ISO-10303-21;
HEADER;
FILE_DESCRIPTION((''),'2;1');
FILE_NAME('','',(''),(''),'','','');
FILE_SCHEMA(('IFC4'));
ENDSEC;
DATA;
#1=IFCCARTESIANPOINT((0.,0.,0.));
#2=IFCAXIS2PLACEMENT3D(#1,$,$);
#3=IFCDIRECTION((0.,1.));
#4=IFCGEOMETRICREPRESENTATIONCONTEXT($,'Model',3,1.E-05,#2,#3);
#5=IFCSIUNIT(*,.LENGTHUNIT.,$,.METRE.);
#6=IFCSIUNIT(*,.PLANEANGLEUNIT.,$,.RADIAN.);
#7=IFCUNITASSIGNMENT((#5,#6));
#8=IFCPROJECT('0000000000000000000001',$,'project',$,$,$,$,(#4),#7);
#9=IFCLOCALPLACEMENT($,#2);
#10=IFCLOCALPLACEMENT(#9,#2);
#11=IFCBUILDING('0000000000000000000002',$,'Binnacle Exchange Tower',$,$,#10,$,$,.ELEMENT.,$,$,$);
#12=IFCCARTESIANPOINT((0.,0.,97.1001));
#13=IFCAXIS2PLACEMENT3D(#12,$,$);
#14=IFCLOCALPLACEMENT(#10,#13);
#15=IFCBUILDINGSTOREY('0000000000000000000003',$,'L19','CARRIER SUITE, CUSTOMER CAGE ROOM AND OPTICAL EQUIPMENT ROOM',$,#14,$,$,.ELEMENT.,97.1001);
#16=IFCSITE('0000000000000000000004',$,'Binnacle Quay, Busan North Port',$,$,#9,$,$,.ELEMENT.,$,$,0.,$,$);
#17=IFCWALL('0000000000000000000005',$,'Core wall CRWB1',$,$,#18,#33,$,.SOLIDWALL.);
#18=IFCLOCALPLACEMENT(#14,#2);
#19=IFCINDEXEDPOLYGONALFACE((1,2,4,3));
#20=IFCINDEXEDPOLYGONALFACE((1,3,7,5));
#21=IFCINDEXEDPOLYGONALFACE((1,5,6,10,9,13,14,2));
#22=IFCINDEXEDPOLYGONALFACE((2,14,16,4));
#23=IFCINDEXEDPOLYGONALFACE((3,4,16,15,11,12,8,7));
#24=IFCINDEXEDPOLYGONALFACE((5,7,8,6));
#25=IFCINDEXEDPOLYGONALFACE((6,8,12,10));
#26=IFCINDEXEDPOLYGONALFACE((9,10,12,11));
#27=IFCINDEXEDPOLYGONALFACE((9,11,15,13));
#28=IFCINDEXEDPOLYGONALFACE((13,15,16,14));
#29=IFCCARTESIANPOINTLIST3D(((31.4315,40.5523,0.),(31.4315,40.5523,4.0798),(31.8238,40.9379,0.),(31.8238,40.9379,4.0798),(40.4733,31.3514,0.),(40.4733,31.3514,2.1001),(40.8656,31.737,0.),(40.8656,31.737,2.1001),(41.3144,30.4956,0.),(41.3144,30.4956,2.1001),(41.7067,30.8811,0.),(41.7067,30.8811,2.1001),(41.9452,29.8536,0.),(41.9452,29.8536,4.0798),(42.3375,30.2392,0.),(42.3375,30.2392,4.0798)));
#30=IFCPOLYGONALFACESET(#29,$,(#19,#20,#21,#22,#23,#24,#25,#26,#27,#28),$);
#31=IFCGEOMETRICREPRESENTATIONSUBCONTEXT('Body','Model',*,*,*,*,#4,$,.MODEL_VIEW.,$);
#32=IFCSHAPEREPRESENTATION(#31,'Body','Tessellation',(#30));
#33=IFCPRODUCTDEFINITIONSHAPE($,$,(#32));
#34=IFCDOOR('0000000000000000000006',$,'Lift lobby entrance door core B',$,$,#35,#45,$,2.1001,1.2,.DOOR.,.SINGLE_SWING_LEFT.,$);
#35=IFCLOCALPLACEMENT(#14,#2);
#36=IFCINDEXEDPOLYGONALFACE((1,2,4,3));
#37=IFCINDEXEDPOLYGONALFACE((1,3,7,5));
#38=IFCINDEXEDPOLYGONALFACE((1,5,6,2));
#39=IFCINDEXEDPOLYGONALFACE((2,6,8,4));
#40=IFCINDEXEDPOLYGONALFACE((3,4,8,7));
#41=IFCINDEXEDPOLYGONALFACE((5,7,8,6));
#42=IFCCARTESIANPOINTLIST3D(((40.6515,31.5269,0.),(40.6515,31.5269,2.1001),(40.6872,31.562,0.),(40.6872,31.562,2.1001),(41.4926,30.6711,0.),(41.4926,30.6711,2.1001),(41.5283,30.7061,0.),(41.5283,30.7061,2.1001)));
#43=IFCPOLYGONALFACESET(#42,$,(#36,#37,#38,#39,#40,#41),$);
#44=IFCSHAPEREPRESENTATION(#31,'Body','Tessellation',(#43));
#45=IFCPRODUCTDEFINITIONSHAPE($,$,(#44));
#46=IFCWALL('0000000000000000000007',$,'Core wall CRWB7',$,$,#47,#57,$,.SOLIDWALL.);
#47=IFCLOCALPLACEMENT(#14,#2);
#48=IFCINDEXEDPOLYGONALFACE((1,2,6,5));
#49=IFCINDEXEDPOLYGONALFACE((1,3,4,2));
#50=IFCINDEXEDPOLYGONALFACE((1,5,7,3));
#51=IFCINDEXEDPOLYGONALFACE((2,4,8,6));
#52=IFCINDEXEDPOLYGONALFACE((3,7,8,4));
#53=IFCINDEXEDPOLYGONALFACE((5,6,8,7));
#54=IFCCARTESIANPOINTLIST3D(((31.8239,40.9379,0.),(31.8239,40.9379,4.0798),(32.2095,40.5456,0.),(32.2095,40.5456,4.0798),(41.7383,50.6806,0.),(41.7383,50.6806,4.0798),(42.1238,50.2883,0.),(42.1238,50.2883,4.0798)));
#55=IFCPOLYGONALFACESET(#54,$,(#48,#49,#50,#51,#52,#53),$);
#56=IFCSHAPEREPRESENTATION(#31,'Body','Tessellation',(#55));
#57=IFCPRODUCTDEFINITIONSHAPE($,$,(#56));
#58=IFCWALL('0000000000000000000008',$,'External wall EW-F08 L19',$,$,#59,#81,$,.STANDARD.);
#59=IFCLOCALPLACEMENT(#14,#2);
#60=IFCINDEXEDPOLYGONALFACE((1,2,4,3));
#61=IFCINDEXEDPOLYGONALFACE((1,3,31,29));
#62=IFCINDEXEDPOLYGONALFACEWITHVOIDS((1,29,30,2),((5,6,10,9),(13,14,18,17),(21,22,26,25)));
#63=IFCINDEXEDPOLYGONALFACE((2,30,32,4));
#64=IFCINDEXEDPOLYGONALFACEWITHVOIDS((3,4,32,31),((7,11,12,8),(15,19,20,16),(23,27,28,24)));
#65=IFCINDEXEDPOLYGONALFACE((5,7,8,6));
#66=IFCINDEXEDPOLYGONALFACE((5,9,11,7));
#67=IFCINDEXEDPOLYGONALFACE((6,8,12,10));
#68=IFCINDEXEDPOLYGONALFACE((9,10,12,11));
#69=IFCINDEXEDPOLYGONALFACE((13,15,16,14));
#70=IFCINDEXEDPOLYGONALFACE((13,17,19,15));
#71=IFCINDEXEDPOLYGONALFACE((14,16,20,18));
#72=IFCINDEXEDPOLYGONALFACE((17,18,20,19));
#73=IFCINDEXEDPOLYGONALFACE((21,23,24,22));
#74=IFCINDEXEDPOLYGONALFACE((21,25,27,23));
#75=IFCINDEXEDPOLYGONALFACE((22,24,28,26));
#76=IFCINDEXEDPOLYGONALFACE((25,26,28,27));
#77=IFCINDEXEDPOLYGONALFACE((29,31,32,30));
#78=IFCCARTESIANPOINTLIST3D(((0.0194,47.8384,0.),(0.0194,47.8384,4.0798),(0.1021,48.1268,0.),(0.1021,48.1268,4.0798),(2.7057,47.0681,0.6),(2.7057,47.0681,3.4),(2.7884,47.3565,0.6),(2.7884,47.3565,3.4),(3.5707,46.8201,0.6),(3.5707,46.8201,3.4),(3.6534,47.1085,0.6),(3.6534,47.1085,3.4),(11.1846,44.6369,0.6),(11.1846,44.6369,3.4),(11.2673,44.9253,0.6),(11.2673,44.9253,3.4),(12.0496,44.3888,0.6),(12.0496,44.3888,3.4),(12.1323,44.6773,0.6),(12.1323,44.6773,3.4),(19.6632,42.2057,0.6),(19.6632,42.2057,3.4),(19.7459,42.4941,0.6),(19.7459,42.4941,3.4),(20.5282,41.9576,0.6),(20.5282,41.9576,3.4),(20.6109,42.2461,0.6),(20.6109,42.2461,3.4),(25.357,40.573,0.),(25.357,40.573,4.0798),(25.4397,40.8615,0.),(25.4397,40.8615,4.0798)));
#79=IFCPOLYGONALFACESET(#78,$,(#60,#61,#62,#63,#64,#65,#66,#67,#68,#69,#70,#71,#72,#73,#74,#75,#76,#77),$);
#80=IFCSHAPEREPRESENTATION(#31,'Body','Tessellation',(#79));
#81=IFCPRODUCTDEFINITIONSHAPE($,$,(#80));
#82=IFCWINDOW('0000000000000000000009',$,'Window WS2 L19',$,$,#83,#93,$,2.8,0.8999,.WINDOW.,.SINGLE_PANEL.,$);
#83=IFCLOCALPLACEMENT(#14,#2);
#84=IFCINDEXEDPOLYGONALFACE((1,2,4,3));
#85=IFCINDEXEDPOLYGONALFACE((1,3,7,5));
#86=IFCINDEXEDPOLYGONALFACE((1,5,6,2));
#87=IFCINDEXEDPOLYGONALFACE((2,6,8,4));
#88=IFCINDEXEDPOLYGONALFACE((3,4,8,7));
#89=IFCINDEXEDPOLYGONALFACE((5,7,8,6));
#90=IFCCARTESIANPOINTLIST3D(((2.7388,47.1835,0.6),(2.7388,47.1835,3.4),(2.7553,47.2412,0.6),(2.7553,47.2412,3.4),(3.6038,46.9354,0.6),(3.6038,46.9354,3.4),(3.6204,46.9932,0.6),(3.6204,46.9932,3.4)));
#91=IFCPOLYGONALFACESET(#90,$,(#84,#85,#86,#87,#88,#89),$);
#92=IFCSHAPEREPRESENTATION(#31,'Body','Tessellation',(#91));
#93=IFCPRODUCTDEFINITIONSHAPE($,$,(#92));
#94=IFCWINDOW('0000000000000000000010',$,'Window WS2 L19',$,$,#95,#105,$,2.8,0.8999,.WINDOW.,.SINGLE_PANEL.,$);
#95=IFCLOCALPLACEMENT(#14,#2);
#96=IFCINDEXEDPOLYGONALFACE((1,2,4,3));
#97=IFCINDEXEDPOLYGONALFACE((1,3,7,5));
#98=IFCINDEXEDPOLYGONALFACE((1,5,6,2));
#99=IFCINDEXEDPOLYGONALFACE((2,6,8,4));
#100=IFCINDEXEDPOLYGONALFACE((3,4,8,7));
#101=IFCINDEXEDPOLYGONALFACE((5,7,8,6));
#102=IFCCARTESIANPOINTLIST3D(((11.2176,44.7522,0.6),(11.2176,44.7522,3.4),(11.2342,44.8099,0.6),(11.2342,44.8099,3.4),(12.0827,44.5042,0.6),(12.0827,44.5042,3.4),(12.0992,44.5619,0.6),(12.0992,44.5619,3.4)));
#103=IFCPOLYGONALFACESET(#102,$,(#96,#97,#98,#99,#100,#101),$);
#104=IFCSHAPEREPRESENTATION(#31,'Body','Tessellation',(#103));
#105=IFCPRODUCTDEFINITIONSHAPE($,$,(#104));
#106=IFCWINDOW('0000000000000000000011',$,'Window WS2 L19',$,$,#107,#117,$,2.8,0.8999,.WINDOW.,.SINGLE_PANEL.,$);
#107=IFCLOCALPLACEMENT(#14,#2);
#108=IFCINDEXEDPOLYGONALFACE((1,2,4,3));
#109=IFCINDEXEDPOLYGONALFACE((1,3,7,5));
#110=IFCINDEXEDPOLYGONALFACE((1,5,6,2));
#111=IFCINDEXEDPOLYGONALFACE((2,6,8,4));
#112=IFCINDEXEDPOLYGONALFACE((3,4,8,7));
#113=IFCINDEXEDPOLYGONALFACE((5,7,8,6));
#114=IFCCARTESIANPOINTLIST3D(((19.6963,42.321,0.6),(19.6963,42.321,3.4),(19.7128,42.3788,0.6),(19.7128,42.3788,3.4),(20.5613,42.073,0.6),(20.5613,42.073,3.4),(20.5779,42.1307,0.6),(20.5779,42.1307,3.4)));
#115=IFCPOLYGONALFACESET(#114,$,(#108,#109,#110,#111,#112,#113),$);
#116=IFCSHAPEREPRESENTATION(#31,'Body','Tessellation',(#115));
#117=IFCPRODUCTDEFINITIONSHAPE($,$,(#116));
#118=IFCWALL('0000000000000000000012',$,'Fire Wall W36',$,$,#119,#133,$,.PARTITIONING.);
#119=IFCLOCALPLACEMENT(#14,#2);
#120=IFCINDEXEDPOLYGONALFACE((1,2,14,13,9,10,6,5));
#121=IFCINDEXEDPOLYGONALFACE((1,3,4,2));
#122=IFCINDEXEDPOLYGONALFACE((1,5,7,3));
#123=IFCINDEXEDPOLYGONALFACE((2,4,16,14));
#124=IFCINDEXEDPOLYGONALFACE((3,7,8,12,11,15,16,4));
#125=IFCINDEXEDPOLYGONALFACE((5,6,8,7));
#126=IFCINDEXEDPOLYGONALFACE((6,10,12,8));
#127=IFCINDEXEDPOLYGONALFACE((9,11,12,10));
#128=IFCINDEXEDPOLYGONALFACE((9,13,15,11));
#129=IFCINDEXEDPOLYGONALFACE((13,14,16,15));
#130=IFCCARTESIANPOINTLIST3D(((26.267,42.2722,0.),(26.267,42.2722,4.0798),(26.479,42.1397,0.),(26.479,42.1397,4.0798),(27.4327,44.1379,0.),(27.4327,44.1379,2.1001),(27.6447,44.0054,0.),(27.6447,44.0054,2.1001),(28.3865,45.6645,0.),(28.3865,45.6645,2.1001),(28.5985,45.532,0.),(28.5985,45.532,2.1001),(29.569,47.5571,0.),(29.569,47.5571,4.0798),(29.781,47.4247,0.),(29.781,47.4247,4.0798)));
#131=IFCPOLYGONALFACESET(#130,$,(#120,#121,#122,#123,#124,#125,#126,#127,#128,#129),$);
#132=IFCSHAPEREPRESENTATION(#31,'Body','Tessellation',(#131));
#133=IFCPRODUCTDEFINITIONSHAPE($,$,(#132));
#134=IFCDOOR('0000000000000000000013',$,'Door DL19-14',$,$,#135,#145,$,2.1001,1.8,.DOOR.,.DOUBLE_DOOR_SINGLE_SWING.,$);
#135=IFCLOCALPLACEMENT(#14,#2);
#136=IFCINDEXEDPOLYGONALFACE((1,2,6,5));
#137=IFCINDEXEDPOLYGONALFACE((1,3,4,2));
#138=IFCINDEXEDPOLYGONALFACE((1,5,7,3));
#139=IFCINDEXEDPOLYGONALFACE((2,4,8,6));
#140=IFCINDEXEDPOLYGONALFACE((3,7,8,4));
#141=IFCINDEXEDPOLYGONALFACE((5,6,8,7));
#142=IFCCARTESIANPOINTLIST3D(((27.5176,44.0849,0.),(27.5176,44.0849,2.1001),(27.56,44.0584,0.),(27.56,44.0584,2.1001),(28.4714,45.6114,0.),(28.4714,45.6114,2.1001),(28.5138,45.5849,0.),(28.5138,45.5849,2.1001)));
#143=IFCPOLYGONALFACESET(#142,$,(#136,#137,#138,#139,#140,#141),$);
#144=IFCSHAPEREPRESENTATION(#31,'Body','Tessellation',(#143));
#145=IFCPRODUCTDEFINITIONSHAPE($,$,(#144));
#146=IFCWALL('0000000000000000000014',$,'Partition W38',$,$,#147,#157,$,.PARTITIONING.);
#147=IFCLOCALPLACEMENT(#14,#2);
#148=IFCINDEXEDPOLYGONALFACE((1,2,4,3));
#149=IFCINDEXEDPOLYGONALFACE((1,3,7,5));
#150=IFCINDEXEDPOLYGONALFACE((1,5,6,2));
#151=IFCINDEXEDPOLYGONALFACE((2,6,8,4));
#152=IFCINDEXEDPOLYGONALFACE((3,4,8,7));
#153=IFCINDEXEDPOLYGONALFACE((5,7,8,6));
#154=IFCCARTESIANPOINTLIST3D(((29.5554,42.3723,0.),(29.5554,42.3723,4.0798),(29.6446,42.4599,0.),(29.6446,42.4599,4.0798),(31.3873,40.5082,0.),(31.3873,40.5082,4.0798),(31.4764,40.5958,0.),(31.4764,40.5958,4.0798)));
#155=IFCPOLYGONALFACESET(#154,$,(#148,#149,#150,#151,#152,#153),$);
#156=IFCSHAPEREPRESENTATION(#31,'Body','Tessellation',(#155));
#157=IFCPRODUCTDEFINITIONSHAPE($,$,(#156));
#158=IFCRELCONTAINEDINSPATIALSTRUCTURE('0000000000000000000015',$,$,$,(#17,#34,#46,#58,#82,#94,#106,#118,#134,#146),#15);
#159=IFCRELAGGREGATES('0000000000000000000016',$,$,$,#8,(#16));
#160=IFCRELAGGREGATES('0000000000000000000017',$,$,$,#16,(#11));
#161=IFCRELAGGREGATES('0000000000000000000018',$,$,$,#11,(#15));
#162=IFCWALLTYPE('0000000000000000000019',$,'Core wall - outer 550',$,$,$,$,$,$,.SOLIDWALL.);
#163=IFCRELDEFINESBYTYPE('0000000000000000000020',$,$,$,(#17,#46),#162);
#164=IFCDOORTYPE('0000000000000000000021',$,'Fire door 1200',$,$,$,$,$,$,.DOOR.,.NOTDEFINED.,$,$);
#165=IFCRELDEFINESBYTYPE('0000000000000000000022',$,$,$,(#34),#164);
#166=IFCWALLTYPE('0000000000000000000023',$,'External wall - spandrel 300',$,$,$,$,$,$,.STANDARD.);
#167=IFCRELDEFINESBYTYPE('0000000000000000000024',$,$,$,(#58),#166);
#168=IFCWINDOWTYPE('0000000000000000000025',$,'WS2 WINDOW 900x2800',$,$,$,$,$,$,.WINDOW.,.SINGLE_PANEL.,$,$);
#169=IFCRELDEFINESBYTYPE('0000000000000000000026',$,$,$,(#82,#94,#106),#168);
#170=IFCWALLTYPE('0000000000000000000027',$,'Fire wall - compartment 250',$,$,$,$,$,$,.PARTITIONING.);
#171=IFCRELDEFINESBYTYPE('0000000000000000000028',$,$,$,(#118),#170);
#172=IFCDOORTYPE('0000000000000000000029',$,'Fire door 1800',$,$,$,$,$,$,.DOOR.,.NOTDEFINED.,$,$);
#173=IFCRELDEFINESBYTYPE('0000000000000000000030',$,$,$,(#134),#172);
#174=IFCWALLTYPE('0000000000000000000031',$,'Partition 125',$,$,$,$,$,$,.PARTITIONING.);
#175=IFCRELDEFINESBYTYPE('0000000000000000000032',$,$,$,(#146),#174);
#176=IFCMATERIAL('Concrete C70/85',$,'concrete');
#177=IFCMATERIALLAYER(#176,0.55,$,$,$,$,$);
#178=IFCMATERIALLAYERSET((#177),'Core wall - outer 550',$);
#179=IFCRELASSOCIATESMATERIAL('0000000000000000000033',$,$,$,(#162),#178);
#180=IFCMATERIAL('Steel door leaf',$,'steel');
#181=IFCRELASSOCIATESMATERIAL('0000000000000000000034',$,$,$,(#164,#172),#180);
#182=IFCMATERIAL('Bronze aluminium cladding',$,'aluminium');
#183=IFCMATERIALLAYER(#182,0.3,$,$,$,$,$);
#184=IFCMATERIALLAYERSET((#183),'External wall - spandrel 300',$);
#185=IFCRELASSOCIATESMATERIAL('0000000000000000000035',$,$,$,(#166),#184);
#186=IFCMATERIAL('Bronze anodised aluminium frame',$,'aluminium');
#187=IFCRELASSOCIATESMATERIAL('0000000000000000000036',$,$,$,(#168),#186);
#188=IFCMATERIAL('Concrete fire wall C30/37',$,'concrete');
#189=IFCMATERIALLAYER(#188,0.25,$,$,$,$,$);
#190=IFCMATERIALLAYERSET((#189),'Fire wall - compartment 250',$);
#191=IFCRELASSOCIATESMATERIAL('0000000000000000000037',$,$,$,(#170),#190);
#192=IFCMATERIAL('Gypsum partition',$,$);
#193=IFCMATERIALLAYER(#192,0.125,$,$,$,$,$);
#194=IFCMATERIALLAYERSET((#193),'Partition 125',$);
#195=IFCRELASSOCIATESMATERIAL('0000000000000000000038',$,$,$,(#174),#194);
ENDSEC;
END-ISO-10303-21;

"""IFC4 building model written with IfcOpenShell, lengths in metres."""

from ifc_helpers import new_model, si_unit, direction, frame, frame_2d, origin, place, context, subcontext, project, spatial, rectangle, extrude, material, layer, layer_set, type_object, element, fill, save


model = new_model("IFC4")

# Units and contexts
model_context = context("Model", 3, precision=1e-05, world=origin(), true_north=direction((0.0, 1.0)))
body_context = subcontext(model_context, "Body", "Model", "MODEL_VIEW")
ifc_project = project(units=[si_unit("LENGTHUNIT", "METRE"), si_unit("PLANEANGLEUNIT", "RADIAN")], contexts=[model_context])

# Site, building, storey
site_placement = place(None, origin())
site = spatial("IfcSite", under=ifc_project, at=site_placement, Name="Binnacle Quay, Busan North Port", CompositionType="ELEMENT", RefElevation=0.0)
building_placement = place(site_placement, origin())
building = spatial("IfcBuilding", under=site, at=building_placement, Name="Binnacle Exchange Tower", CompositionType="ELEMENT")
storey_placement = place(building_placement, frame((0.0, 0.0, 97.1001)))
storey = spatial("IfcBuildingStorey", under=building, at=storey_placement, Name="L19", Description="CARRIER SUITE, CUSTOMER CAGE ROOM AND OPTICAL EQUIPMENT ROOM", CompositionType="ELEMENT", Elevation=97.1001)

# Shared definitions
ifc_material_1 = material(Name="Concrete C70/85", Category="concrete")

# Wall, opening, door
ifc_layer_1 = layer(ifc_material_1, 0.55)
ifc_layer_set_1 = layer_set([ifc_layer_1], Name="Core wall - outer 550")
wall_type_1 = type_object("IfcWallType", Name="Core wall - outer 550", PredefinedType="SOLIDWALL", material=ifc_layer_set_1)
wall_1_placement = place(storey_placement, frame((31.6277, 40.7451, 0.0), z_axis=(0.0, 0.0, 1.0), x_axis=(0.700911, -0.713248, 0.0)))
wall_1 = element("IfcWall", 1, at=wall_1_placement, inside=storey, type_object=wall_type_1, Name="Core wall CRWB1", PredefinedType="SOLIDWALL", context=body_context, shape_type="SweptSolid", body=[
    extrude(rectangle(XDim=15.0, YDim=0.55, at=frame_2d((7.5, 0.0))), origin(), (0.0, 0.0, 1.0), 4.0798),
])
opening_1_placement = place(wall_1_placement, frame((12.8999, 0.0, 0.0)))
opening_1 = element("IfcOpeningElement", 2, at=opening_1_placement, cuts=wall_1, PredefinedType="OPENING", context=body_context, shape_type="SweptSolid", body=[
    extrude(rectangle(XDim=1.2, YDim=2.1001, at=frame_2d((0.6001, 1.05))), frame((0.0, 0.2849, 0.0), z_axis=(0.0, -1.0, 0.0), x_axis=(1.0, 0.0, 0.0)), (0.0, 0.0, 1.0), 0.5701),
])
ifc_material_2 = material(Name="Steel door leaf", Category="steel")
door_type_1 = type_object("IfcDoorType", Name="Fire door 1200", OperationType="NOTDEFINED", PredefinedType="DOOR", material=ifc_material_2)
door_1_placement = place(opening_1_placement, frame((1.2, 0.0, 0.0), z_axis=(0.0, 0.0, 1.0), x_axis=(-1.0, 0.0, 0.0)))
door_1 = element("IfcDoor", 3, at=door_1_placement, inside=storey, type_object=door_type_1, Name="Lift lobby entrance door core B", OperationType="SINGLE_SWING_LEFT", OverallHeight=2.1001, OverallWidth=1.2, PredefinedType="DOOR", context=body_context, shape_type="SweptSolid", body=[
    extrude(rectangle(XDim=1.2, YDim=2.1001, at=frame_2d((0.6001, 1.05))), frame((0.0, 0.0249, 0.0), z_axis=(0.0, -1.0, 0.0), x_axis=(1.0, 0.0, 0.0)), (0.0, 0.0, 1.0), 0.05),
])
fill(opening_1, door_1)

# Wall
wall_2_placement = place(storey_placement, frame((32.0166, 40.7417, 0.0), z_axis=(0.0, 0.0, 1.0), x_axis=(0.713254, 0.700906, 0.0)))
element("IfcWall", 4, at=wall_2_placement, inside=storey, type_object=wall_type_1, Name="Core wall CRWB7", PredefinedType="SOLIDWALL", context=body_context, shape_type="SweptSolid", body=[
    extrude(rectangle(XDim=13.9001, YDim=0.55, at=frame_2d((6.9502, 0.0))), origin(), (0.0, 0.0, 1.0), 4.0798),
])

# Wall, openings, windows
ifc_material_3 = material(Name="Bronze aluminium cladding", Category="aluminium")
ifc_layer_2 = layer(ifc_material_3, 0.3)
ifc_layer_set_2 = layer_set([ifc_layer_2], Name="External wall - spandrel 300")
wall_type_2 = type_object("IfcWallType", Name="External wall - spandrel 300", PredefinedType="STANDARD", material=ifc_layer_set_2)
wall_3_placement = place(storey_placement, frame((25.3982, 40.7173, 0.0), z_axis=(0.0, 0.0, 1.0), x_axis=(-0.961262, 0.275635, 0.0)))
wall_3 = element("IfcWall", 5, at=wall_3_placement, inside=storey, type_object=wall_type_2, Name="External wall EW-F08 L19", PredefinedType="STANDARD", context=body_context, shape_type="SweptSolid", body=[
    extrude(rectangle(XDim=26.3586, YDim=0.3, at=frame_2d((13.1792, 0.0))), origin(), (0.0, 0.0, 1.0), 4.0798),
])
opening_2_placement = place(wall_3_placement, frame((22.6641, 0.0, 0.6001)))
opening_2 = element("IfcOpeningElement", 6, at=opening_2_placement, cuts=wall_3, PredefinedType="OPENING", context=body_context, shape_type="SweptSolid", body=[
    extrude(rectangle(XDim=0.8999, YDim=2.8, at=frame_2d((0.45, 1.3999))), frame((0.0, 0.1599, 0.0), z_axis=(0.0, -1.0, 0.0), x_axis=(1.0, 0.0, 0.0)), (0.0, 0.0, 1.0), 0.3201),
])
opening_3_placement = place(wall_3_placement, frame((13.8435, 0.0, 0.6001)))
opening_3 = element("IfcOpeningElement", 7, at=opening_3_placement, cuts=wall_3, PredefinedType="OPENING", context=body_context, shape_type="SweptSolid", body=[
    extrude(rectangle(XDim=0.8999, YDim=2.8, at=frame_2d((0.45, 1.3999))), frame((0.0, 0.1599, 0.0), z_axis=(0.0, -1.0, 0.0), x_axis=(1.0, 0.0, 0.0)), (0.0, 0.0, 1.0), 0.3201),
])
opening_4_placement = place(wall_3_placement, frame((5.0232, 0.0, 0.6001)))
opening_4 = element("IfcOpeningElement", 8, at=opening_4_placement, cuts=wall_3, PredefinedType="OPENING", context=body_context, shape_type="SweptSolid", body=[
    extrude(rectangle(XDim=0.8999, YDim=2.8, at=frame_2d((0.45, 1.3999))), frame((0.0, 0.1599, 0.0), z_axis=(0.0, -1.0, 0.0), x_axis=(1.0, 0.0, 0.0)), (0.0, 0.0, 1.0), 0.3201),
])
ifc_material_4 = material(Name="Bronze anodised aluminium frame", Category="aluminium")
window_type = type_object("IfcWindowType", Name="WS2 WINDOW 900x2800", PartitioningType="SINGLE_PANEL", PredefinedType="WINDOW", material=ifc_material_4)
window_1_placement = place(opening_2_placement, origin())
window_1 = element("IfcWindow", 9, at=window_1_placement, inside=storey, type_object=window_type, Name="Window WS2 L19", OverallHeight=2.8, OverallWidth=0.8999, PartitioningType="SINGLE_PANEL", PredefinedType="WINDOW", context=body_context, shape_type="SweptSolid", body=[
    extrude(rectangle(XDim=0.8999, YDim=2.8, at=frame_2d((0.45, 1.3999))), frame((0.0, 0.03, 0.0), z_axis=(0.0, -1.0, 0.0), x_axis=(1.0, 0.0, 0.0)), (0.0, 0.0, 1.0), 0.0601),
])
fill(opening_2, window_1)
window_2_placement = place(opening_3_placement, origin())
window_2 = element("IfcWindow", 10, at=window_2_placement, inside=storey, type_object=window_type, Name="Window WS2 L19", OverallHeight=2.8, OverallWidth=0.8999, PartitioningType="SINGLE_PANEL", PredefinedType="WINDOW", context=body_context, shape_type="SweptSolid", body=[
    extrude(rectangle(XDim=0.8999, YDim=2.8, at=frame_2d((0.45, 1.3999))), frame((0.0, 0.03, 0.0), z_axis=(0.0, -1.0, 0.0), x_axis=(1.0, 0.0, 0.0)), (0.0, 0.0, 1.0), 0.0601),
])
fill(opening_3, window_2)
window_3_placement = place(opening_4_placement, origin())
window_3 = element("IfcWindow", 11, at=window_3_placement, inside=storey, type_object=window_type, Name="Window WS2 L19", OverallHeight=2.8, OverallWidth=0.8999, PartitioningType="SINGLE_PANEL", PredefinedType="WINDOW", context=body_context, shape_type="SweptSolid", body=[
    extrude(rectangle(XDim=0.8999, YDim=2.8, at=frame_2d((0.45, 1.3999))), frame((0.0, 0.03, 0.0), z_axis=(0.0, -1.0, 0.0), x_axis=(1.0, 0.0, 0.0)), (0.0, 0.0, 1.0), 0.0601),
])
fill(opening_4, window_3)

# Wall, opening, door
ifc_material_5 = material(Name="Concrete fire wall C30/37", Category="concrete")
ifc_layer_3 = layer(ifc_material_5, 0.25)
ifc_layer_set_3 = layer_set([ifc_layer_3], Name="Fire wall - compartment 250")
wall_type_3 = type_object("IfcWallType", Name="Fire wall - compartment 250", PredefinedType="PARTITIONING", material=ifc_layer_set_3)
wall_4_placement = place(storey_placement, frame((26.373, 42.2061, 0.0), z_axis=(0.0, 0.0, 1.0), x_axis=(0.529876, 0.848075, 0.0)))
wall_4 = element("IfcWall", 12, at=wall_4_placement, inside=storey, type_object=wall_type_3, Name="Fire Wall W36", PredefinedType="PARTITIONING", context=body_context, shape_type="SweptSolid", body=[
    extrude(rectangle(XDim=6.2317, YDim=0.25, at=frame_2d((3.1157, 0.0))), origin(), (0.0, 0.0, 1.0), 4.0798),
])
opening_5_placement = place(wall_4_placement, frame((2.2, 0.0, 0.0)))
opening_5 = element("IfcOpeningElement", 13, at=opening_5_placement, cuts=wall_4, PredefinedType="OPENING", context=body_context, shape_type="SweptSolid", body=[
    extrude(rectangle(XDim=1.8, YDim=2.1001, at=frame_2d((0.8999, 1.05))), frame((0.0, 0.135, 0.0), z_axis=(0.0, -1.0, 0.0), x_axis=(1.0, 0.0, 0.0)), (0.0, 0.0, 1.0), 0.27),
])
door_type_2 = type_object("IfcDoorType", Name="Fire door 1800", OperationType="NOTDEFINED", PredefinedType="DOOR", material=ifc_material_2)
door_2_placement = place(opening_5_placement, origin())
door_2 = element("IfcDoor", 14, at=door_2_placement, inside=storey, type_object=door_type_2, Name="Door DL19-14", OperationType="DOUBLE_DOOR_SINGLE_SWING", OverallHeight=2.1001, OverallWidth=1.8, PredefinedType="DOOR", context=body_context, shape_type="SweptSolid", body=[
    extrude(rectangle(XDim=1.8, YDim=2.1001, at=frame_2d((0.8999, 1.05))), frame((0.0, 0.0249, 0.0), z_axis=(0.0, -1.0, 0.0), x_axis=(1.0, 0.0, 0.0)), (0.0, 0.0, 1.0), 0.05),
])
fill(opening_5, door_2)

# Wall
ifc_material_6 = material(Name="Gypsum partition")
ifc_layer_4 = layer(ifc_material_6, 0.125)
ifc_layer_set_4 = layer_set([ifc_layer_4], Name="Partition 125")
wall_type_4 = type_object("IfcWallType", Name="Partition 125", PredefinedType="PARTITIONING", material=ifc_layer_set_4)
wall_5_placement = place(storey_placement, frame((29.6001, 42.416, 0.0), z_axis=(0.0, 0.0, 1.0), x_axis=(0.700914, -0.713245, 0.0)))
element("IfcWall", 15, at=wall_5_placement, inside=storey, type_object=wall_type_4, Name="Partition W38", PredefinedType="PARTITIONING", context=body_context, shape_type="SweptSolid", body=[
    extrude(rectangle(XDim=2.6135, YDim=0.125, at=frame_2d((1.3066, 0.0))), origin(), (0.0, 0.0, 1.0), 4.0798),
])

save(model, "model.ifc")
